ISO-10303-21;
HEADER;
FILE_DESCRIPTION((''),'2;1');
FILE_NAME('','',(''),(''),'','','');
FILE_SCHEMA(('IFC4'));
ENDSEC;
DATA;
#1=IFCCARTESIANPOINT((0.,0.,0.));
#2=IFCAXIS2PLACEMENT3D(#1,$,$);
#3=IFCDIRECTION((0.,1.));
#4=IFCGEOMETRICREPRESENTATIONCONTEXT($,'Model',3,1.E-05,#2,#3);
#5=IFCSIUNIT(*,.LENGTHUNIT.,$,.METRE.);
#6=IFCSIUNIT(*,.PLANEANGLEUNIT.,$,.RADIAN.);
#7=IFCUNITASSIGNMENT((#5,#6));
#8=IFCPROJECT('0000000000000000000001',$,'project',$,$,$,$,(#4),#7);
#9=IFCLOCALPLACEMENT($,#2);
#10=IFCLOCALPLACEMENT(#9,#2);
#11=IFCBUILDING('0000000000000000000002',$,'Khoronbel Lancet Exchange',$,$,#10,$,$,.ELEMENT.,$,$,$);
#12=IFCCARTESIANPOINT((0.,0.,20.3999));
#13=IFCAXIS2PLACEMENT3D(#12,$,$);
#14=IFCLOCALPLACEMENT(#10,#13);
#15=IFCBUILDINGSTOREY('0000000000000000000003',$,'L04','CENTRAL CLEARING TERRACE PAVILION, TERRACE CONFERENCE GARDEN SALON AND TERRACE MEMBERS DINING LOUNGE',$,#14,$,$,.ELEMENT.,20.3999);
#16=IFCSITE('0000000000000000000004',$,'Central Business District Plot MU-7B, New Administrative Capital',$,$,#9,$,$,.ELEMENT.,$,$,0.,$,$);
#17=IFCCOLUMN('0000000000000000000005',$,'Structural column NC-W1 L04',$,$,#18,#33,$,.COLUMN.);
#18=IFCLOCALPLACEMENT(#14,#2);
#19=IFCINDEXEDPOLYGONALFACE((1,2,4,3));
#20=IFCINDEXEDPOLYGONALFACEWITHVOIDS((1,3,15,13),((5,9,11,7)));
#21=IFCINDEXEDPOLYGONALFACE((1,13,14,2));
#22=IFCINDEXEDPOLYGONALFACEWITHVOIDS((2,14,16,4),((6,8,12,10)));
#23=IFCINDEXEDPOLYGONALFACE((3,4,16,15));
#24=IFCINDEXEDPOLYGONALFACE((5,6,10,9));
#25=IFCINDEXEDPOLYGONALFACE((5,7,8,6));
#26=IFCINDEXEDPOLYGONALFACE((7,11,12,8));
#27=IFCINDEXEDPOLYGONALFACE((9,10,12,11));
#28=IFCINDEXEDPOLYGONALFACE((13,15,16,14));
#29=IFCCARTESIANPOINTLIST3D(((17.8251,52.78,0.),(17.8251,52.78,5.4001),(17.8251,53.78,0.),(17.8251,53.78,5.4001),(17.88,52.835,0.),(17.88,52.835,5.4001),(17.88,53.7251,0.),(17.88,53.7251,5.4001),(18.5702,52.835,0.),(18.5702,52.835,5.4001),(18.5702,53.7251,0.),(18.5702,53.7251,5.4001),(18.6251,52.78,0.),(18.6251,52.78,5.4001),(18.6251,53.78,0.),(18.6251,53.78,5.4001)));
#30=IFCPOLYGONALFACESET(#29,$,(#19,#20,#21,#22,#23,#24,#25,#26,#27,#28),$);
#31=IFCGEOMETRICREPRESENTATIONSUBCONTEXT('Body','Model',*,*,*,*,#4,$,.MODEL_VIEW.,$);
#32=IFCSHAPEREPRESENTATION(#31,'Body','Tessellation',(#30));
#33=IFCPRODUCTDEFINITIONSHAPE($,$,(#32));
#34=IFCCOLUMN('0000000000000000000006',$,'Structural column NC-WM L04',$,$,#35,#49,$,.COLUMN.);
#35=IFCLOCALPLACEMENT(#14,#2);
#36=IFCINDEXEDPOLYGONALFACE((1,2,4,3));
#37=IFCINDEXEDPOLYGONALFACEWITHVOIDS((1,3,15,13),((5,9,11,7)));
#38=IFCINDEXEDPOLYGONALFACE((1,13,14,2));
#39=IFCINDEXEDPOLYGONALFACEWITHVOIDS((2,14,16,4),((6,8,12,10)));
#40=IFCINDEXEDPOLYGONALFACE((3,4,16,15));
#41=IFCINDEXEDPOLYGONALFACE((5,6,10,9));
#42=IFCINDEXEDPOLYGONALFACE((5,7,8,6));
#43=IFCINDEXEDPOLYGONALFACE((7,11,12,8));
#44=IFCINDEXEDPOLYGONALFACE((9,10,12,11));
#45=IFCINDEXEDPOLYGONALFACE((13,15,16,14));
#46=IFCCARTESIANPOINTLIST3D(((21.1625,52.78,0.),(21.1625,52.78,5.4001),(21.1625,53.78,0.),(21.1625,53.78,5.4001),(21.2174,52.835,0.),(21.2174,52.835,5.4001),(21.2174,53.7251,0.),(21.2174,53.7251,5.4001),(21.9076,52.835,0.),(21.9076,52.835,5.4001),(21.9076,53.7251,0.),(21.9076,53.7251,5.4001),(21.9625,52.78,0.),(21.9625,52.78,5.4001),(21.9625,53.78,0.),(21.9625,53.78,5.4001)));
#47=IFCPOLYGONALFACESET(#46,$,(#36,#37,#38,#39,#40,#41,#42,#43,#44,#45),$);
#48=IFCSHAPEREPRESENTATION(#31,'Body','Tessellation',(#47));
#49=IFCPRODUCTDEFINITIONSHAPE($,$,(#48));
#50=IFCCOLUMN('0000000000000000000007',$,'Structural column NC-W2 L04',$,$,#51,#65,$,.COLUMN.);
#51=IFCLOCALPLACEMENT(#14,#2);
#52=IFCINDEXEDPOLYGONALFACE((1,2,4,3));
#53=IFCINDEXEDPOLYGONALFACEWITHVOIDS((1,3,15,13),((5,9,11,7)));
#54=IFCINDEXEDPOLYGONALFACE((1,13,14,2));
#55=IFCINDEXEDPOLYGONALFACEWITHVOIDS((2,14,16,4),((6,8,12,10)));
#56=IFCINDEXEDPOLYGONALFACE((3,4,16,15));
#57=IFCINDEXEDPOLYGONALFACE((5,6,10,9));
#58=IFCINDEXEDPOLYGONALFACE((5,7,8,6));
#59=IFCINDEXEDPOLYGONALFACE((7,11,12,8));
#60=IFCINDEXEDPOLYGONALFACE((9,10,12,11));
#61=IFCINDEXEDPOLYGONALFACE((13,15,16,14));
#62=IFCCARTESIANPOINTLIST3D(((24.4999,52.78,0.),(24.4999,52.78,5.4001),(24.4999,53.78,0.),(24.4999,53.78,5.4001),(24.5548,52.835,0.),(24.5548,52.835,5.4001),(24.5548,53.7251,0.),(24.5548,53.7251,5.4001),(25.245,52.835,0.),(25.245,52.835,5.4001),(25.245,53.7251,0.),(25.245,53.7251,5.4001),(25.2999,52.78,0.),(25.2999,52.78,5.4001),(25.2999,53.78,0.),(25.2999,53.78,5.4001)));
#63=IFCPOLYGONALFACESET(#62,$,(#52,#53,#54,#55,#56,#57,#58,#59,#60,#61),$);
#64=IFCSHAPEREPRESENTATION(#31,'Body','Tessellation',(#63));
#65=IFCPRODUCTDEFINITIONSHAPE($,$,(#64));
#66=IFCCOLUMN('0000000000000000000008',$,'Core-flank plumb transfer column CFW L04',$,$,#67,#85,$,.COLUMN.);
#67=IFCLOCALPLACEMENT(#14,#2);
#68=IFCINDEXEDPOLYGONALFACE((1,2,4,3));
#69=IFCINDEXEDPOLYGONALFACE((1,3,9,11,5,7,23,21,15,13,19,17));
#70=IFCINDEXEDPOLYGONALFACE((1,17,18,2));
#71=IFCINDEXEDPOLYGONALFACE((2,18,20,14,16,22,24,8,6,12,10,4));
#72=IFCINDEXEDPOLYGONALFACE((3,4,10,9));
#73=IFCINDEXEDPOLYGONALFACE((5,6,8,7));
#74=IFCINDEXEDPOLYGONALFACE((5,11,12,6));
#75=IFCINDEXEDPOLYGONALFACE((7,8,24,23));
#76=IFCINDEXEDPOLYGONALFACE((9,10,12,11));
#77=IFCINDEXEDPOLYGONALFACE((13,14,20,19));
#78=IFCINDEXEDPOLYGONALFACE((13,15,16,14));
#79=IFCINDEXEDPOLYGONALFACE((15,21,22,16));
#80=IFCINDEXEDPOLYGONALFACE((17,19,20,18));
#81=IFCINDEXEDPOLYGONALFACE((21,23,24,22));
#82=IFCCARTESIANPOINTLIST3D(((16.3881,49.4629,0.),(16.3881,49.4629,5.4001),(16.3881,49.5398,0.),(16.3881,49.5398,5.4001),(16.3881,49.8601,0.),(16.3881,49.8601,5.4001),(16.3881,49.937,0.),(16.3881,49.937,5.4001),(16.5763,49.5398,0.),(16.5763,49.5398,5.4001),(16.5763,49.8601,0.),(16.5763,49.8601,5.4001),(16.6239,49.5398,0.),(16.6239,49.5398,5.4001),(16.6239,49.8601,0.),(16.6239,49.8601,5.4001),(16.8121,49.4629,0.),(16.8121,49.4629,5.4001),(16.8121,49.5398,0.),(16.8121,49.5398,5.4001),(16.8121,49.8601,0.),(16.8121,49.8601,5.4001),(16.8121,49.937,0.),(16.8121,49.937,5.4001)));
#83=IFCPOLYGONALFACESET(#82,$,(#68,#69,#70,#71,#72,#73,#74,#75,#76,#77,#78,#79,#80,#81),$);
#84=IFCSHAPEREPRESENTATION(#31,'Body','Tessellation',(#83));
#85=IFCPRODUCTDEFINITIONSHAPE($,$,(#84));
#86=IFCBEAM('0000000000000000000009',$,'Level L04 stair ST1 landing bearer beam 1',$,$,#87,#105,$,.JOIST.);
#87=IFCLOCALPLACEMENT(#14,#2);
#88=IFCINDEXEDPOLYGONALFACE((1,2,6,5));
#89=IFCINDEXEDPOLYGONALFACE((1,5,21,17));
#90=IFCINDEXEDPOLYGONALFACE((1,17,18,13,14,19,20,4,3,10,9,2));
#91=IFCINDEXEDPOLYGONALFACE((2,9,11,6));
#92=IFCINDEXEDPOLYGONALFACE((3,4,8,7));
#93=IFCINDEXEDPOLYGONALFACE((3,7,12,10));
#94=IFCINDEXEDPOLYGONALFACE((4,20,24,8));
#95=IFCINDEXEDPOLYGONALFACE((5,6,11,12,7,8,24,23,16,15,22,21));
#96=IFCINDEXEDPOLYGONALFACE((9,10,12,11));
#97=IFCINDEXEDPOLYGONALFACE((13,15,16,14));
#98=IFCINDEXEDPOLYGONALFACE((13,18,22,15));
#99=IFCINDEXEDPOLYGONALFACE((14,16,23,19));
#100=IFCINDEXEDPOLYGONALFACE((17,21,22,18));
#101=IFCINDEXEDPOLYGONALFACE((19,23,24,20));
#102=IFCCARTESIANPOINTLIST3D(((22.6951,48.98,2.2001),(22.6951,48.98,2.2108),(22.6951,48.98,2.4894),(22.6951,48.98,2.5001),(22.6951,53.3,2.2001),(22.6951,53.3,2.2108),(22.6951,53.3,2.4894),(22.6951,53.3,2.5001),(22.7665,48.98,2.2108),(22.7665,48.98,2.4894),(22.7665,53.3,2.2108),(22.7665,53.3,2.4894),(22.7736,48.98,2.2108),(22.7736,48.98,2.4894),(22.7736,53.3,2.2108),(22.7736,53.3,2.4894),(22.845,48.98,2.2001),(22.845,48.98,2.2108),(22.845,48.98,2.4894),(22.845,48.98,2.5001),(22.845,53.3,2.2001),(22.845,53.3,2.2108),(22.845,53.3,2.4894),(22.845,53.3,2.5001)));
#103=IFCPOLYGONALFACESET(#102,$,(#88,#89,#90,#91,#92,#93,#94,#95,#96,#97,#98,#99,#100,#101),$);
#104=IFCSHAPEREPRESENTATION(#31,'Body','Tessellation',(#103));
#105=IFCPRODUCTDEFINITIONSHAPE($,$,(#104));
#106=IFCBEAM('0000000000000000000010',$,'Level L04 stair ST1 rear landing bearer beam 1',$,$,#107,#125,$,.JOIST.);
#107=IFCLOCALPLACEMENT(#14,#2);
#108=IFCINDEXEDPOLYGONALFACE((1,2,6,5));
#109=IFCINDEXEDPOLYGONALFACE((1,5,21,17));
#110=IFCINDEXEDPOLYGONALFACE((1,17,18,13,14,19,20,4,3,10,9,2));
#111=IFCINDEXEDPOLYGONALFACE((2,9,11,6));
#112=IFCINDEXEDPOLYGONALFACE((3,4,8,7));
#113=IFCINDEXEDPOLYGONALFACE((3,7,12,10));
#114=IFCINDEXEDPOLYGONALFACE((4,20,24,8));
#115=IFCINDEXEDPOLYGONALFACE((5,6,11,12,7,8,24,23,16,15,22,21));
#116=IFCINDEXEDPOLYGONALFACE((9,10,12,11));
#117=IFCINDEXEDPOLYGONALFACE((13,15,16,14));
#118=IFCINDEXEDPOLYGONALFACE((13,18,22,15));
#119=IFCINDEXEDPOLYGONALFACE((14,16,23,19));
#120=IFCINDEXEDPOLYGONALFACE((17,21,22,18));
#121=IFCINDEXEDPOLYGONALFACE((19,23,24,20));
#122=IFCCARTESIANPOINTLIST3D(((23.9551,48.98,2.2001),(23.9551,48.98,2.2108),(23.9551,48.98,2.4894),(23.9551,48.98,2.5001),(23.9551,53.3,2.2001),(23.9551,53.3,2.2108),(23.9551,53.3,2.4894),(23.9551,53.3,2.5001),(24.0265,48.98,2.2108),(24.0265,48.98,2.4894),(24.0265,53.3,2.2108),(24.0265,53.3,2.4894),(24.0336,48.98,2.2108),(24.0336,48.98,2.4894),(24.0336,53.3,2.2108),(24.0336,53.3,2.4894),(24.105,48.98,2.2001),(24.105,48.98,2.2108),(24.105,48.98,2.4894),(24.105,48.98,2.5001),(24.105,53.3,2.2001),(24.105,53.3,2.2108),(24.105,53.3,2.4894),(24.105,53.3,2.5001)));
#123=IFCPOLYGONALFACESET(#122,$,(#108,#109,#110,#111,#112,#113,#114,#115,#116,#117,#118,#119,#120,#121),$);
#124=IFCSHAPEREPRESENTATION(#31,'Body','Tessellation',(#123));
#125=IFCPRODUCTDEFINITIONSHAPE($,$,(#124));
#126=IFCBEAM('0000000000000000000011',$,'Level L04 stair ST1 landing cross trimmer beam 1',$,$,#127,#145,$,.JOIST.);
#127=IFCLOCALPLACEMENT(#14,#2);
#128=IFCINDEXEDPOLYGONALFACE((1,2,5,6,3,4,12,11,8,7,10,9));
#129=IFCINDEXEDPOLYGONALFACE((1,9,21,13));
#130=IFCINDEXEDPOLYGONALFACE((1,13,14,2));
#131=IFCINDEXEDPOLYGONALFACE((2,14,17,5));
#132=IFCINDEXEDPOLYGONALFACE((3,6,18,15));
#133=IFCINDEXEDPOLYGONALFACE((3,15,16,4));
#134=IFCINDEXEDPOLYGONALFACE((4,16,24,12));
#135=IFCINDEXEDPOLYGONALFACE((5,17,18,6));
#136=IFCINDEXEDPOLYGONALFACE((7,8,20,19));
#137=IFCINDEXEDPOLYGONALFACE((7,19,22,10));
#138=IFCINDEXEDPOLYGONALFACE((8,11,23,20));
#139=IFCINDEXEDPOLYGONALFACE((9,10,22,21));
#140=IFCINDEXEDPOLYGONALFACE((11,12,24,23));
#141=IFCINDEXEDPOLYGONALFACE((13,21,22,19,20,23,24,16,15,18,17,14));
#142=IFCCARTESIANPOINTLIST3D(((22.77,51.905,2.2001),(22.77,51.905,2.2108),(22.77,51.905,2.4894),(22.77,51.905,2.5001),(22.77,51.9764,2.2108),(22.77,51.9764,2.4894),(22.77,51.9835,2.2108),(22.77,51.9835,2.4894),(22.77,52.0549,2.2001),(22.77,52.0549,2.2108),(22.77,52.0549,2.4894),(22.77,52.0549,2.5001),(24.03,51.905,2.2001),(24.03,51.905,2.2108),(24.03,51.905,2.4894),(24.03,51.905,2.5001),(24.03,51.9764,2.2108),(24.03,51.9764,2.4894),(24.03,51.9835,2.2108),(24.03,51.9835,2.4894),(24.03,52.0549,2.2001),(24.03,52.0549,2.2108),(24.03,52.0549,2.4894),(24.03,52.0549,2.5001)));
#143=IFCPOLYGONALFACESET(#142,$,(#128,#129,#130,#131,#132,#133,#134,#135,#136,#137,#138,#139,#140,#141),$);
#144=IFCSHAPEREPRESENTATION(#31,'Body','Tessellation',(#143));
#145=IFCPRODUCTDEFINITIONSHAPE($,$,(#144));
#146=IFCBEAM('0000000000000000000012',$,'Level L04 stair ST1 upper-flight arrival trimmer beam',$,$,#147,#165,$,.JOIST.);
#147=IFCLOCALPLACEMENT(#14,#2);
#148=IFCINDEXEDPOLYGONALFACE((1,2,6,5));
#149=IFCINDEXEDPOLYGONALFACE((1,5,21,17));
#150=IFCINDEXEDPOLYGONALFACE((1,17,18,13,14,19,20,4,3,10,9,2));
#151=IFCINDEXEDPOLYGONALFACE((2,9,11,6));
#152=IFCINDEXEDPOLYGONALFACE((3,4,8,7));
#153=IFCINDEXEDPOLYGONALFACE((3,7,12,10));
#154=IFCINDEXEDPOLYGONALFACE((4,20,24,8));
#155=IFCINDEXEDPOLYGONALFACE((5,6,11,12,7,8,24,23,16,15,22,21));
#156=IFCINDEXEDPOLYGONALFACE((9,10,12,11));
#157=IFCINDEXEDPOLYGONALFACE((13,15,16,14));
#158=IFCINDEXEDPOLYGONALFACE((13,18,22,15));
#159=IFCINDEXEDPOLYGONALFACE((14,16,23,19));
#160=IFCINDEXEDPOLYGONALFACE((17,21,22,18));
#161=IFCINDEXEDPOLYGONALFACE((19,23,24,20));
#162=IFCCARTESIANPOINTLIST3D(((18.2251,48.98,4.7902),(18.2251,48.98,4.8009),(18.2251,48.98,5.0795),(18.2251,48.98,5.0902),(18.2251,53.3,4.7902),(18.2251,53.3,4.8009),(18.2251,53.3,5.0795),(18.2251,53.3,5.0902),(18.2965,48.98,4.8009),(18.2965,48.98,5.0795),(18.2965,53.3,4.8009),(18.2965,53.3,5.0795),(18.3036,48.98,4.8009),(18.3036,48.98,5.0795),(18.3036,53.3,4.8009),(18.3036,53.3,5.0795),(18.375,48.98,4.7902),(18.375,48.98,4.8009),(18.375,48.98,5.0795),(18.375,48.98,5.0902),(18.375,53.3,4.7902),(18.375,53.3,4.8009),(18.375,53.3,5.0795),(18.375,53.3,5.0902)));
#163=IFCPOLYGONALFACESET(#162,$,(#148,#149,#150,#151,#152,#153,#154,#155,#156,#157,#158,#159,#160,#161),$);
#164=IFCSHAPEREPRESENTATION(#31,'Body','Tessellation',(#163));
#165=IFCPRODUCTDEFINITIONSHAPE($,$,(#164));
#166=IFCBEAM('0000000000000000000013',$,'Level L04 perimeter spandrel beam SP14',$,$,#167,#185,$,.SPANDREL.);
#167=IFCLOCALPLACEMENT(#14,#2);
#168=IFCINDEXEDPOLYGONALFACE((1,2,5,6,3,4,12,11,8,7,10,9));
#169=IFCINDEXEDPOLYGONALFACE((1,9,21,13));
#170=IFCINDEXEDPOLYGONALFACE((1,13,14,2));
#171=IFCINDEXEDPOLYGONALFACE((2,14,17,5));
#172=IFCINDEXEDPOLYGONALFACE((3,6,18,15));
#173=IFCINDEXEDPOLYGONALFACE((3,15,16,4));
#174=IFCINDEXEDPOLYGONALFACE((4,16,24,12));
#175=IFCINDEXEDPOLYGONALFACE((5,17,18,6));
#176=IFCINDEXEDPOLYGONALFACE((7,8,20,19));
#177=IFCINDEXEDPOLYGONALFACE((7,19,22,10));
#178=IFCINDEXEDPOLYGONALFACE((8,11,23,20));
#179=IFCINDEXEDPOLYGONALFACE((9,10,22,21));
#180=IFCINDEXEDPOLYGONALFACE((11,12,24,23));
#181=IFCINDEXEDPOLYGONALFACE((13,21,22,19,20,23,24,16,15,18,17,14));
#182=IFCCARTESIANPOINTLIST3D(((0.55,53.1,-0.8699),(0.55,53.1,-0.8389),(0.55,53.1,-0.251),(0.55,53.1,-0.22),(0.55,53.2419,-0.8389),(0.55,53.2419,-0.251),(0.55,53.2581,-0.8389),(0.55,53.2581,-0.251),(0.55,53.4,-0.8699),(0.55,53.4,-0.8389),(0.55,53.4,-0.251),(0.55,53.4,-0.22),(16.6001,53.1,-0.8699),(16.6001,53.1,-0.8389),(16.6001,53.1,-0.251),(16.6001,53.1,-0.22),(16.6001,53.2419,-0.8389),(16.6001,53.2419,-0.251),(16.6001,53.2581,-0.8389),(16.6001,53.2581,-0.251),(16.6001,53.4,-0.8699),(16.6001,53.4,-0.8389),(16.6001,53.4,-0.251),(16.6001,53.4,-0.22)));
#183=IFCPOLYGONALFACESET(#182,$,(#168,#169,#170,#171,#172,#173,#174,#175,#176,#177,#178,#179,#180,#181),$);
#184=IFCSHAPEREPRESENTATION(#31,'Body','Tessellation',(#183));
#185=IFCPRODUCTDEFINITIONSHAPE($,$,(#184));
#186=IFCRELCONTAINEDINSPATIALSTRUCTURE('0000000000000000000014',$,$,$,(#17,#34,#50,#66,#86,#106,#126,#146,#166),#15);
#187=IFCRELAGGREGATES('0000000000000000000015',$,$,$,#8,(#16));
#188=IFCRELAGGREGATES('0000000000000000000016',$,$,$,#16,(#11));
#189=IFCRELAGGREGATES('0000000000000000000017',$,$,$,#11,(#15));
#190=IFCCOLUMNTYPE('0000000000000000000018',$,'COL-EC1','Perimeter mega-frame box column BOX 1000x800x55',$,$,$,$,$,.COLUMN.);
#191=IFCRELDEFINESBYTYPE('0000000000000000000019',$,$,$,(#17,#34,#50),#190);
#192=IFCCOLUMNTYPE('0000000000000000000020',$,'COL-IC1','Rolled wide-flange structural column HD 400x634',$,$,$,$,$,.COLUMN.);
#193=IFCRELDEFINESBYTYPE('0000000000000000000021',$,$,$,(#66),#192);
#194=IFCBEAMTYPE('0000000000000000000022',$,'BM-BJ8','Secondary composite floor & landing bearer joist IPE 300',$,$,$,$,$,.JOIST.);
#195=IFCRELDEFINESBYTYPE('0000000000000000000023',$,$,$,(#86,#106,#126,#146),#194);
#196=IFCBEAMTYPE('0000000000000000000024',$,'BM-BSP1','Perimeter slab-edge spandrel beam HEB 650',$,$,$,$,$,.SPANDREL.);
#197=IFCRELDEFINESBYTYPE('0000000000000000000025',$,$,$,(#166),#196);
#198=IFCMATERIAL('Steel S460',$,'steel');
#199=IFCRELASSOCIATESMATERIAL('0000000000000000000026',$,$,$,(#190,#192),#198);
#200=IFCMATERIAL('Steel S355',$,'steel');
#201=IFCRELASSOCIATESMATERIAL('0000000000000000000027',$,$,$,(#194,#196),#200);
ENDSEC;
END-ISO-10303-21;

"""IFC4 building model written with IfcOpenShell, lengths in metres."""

from ifc_helpers import new_model, si_unit, direction, frame, origin, origin_2d, place, context, subcontext, project, spatial, hollow_rectangle, i_section, extrude, material, material_profile, profile_set, type_object, element, save


model = new_model("IFC4")

# Units and contexts
model_context = context("Model", 3, precision=1e-05, world=origin(), true_north=direction((0.0, 1.0)))
body_context = subcontext(model_context, "Body", "Model", "MODEL_VIEW")
ifc_project = project(units=[si_unit("LENGTHUNIT", "METRE"), si_unit("PLANEANGLEUNIT", "RADIAN")], contexts=[model_context])

# Site, building, storey
site_placement = place(None, origin())
site = spatial("IfcSite", under=ifc_project, at=site_placement, Name="Central Business District Plot MU-7B, New Administrative Capital", CompositionType="ELEMENT", RefElevation=0.0)
building_placement = place(site_placement, origin())
building = spatial("IfcBuilding", under=site, at=building_placement, Name="Khoronbel Lancet Exchange", CompositionType="ELEMENT")
storey_placement = place(building_placement, frame((0.0, 0.0, 20.3999)))
storey = spatial("IfcBuildingStorey", under=building, at=storey_placement, Name="L04", Description="CENTRAL CLEARING TERRACE PAVILION, TERRACE CONFERENCE GARDEN SALON AND TERRACE MEMBERS DINING LOUNGE", CompositionType="ELEMENT", Elevation=20.3999)

# Columns
ifc_material_1 = material(Name="Steel S460", Category="steel")
ifc_material_profile_1 = material_profile(ifc_material_1, hollow_rectangle(XDim=0.8, YDim=1.0, WallThickness=0.0549, at=origin_2d()), Name="BOX 1000x800x55")
ifc_profile_set_1 = profile_set([ifc_material_profile_1], Name="Steel S460")
column_type_1 = type_object("IfcColumnType", Name="COL-EC1", Description="Perimeter mega-frame box column BOX 1000x800x55", PredefinedType="COLUMN", material=ifc_profile_set_1)
for number, where, z_axis, x_axis, name in (
    (1, (18.2251, 53.28, 0.0), (0.0, 0.0, 1.0), (1.0, 0.0, 0.0), "Structural column NC-W1 L04"),
    (2, (21.5625, 53.28, 0.0), (0.0, 0.0, 1.0), (1.0, 0.0, 0.0), "Structural column NC-WM L04"),
    (3, (24.8999, 53.28, 0.0), (0.0, 0.0, 1.0), (1.0, 0.0, 0.0), "Structural column NC-W2 L04"),
):
    element("IfcColumn", number, at=place(storey_placement, frame(where, z_axis=z_axis, x_axis=x_axis)), inside=storey, type_object=column_type_1, Name=name, PredefinedType="COLUMN", context=body_context, shape_type="SweptSolid", body=[
        extrude(hollow_rectangle(XDim=0.8, YDim=1.0, WallThickness=0.0549, at=origin_2d()), origin(), (0.0, 0.0, 1.0), 5.4001),
    ])
ifc_material_profile_2 = material_profile(ifc_material_1, i_section(OverallWidth=0.4241, OverallDepth=0.4741, WebThickness=0.0476, FlangeThickness=0.0769, at=origin_2d()), Name="HD 400x634")
ifc_profile_set_2 = profile_set([ifc_material_profile_2], Name="Steel S460")
column_type_2 = type_object("IfcColumnType", Name="COL-IC1", Description="Rolled wide-flange structural column HD 400x634", PredefinedType="COLUMN", material=ifc_profile_set_2)
column_placement = place(storey_placement, frame((16.6001, 49.7, 0.0), z_axis=(0.0, 0.0, 1.0), x_axis=(1.0, 0.0, 0.0)))
element("IfcColumn", 4, at=column_placement, inside=storey, type_object=column_type_2, Name="Core-flank plumb transfer column CFW L04", PredefinedType="COLUMN", context=body_context, shape_type="SweptSolid", body=[
    extrude(i_section(OverallWidth=0.4241, OverallDepth=0.4741, WebThickness=0.0476, FlangeThickness=0.0769, at=origin_2d()), origin(), (0.0, 0.0, 1.0), 5.4001),
])

# Beams
ifc_material_2 = material(Name="Steel S355", Category="steel")
ifc_material_profile_3 = material_profile(ifc_material_2, i_section(OverallWidth=0.1499, OverallDepth=0.3, WebThickness=0.0071, FlangeThickness=0.0107, at=origin_2d()), Name="IPE 300")
ifc_profile_set_3 = profile_set([ifc_material_profile_3], Name="Steel S355")
beam_type_1 = type_object("IfcBeamType", Name="BM-BJ8", Description="Secondary composite floor & landing bearer joist IPE 300", PredefinedType="JOIST", material=ifc_profile_set_3)
for number, where, z_axis, x_axis, name in (
    (5, (22.77, 48.98, 2.3501), (0.0, 1.0, 0.0), (-1.0, 0.0, 0.0), "Level L04 stair ST1 landing bearer beam 1"),
    (6, (24.03, 48.98, 2.3501), (0.0, 1.0, 0.0), (-1.0, 0.0, 0.0), "Level L04 stair ST1 rear landing bearer beam 1"),
):
    element("IfcBeam", number, at=place(storey_placement, frame(where, z_axis=z_axis, x_axis=x_axis)), inside=storey, type_object=beam_type_1, Name=name, PredefinedType="JOIST", context=body_context, shape_type="SweptSolid", body=[
        extrude(i_section(OverallWidth=0.1499, OverallDepth=0.3, WebThickness=0.0071, FlangeThickness=0.0107, at=origin_2d()), origin(), (0.0, 0.0, 1.0), 4.3201),
    ])
beam_1_placement = place(storey_placement, frame((22.77, 51.98, 2.3501), z_axis=(1.0, 0.0, 0.0), x_axis=(0.0, 1.0, 0.0)))
element("IfcBeam", 7, at=beam_1_placement, inside=storey, type_object=beam_type_1, Name="Level L04 stair ST1 landing cross trimmer beam 1", PredefinedType="JOIST", context=body_context, shape_type="SweptSolid", body=[
    extrude(i_section(OverallWidth=0.1499, OverallDepth=0.3, WebThickness=0.0071, FlangeThickness=0.0107, at=origin_2d()), origin(), (0.0, 0.0, 1.0), 1.26),
])
beam_2_placement = place(storey_placement, frame((18.3, 48.98, 4.9402), z_axis=(0.0, 1.0, 0.0), x_axis=(-1.0, 0.0, 0.0)))
element("IfcBeam", 8, at=beam_2_placement, inside=storey, type_object=beam_type_1, Name="Level L04 stair ST1 upper-flight arrival trimmer beam", PredefinedType="JOIST", context=body_context, shape_type="SweptSolid", body=[
    extrude(i_section(OverallWidth=0.1499, OverallDepth=0.3, WebThickness=0.0071, FlangeThickness=0.0107, at=origin_2d()), origin(), (0.0, 0.0, 1.0), 4.3201),
])
ifc_material_profile_4 = material_profile(ifc_material_2, i_section(OverallWidth=0.3, OverallDepth=0.6499, WebThickness=0.0161, FlangeThickness=0.031, at=origin_2d()), Name="HEB 650")
ifc_profile_set_4 = profile_set([ifc_material_profile_4], Name="Steel S355")
beam_type_2 = type_object("IfcBeamType", Name="BM-BSP1", Description="Perimeter slab-edge spandrel beam HEB 650", PredefinedType="SPANDREL", material=ifc_profile_set_4)
beam_3_placement = place(storey_placement, frame((16.6001, 53.25, -0.5449), z_axis=(-1.0, 0.0, 0.0), x_axis=(0.0, -1.0, 0.0)))
element("IfcBeam", 9, at=beam_3_placement, inside=storey, type_object=beam_type_2, Name="Level L04 perimeter spandrel beam SP14", PredefinedType="SPANDREL", context=body_context, shape_type="SweptSolid", body=[
    extrude(i_section(OverallWidth=0.3, OverallDepth=0.6499, WebThickness=0.0161, FlangeThickness=0.031, at=origin_2d()), origin(), (0.0, 0.0, 1.0), 16.05),
])

save(model, "model.ifc")
